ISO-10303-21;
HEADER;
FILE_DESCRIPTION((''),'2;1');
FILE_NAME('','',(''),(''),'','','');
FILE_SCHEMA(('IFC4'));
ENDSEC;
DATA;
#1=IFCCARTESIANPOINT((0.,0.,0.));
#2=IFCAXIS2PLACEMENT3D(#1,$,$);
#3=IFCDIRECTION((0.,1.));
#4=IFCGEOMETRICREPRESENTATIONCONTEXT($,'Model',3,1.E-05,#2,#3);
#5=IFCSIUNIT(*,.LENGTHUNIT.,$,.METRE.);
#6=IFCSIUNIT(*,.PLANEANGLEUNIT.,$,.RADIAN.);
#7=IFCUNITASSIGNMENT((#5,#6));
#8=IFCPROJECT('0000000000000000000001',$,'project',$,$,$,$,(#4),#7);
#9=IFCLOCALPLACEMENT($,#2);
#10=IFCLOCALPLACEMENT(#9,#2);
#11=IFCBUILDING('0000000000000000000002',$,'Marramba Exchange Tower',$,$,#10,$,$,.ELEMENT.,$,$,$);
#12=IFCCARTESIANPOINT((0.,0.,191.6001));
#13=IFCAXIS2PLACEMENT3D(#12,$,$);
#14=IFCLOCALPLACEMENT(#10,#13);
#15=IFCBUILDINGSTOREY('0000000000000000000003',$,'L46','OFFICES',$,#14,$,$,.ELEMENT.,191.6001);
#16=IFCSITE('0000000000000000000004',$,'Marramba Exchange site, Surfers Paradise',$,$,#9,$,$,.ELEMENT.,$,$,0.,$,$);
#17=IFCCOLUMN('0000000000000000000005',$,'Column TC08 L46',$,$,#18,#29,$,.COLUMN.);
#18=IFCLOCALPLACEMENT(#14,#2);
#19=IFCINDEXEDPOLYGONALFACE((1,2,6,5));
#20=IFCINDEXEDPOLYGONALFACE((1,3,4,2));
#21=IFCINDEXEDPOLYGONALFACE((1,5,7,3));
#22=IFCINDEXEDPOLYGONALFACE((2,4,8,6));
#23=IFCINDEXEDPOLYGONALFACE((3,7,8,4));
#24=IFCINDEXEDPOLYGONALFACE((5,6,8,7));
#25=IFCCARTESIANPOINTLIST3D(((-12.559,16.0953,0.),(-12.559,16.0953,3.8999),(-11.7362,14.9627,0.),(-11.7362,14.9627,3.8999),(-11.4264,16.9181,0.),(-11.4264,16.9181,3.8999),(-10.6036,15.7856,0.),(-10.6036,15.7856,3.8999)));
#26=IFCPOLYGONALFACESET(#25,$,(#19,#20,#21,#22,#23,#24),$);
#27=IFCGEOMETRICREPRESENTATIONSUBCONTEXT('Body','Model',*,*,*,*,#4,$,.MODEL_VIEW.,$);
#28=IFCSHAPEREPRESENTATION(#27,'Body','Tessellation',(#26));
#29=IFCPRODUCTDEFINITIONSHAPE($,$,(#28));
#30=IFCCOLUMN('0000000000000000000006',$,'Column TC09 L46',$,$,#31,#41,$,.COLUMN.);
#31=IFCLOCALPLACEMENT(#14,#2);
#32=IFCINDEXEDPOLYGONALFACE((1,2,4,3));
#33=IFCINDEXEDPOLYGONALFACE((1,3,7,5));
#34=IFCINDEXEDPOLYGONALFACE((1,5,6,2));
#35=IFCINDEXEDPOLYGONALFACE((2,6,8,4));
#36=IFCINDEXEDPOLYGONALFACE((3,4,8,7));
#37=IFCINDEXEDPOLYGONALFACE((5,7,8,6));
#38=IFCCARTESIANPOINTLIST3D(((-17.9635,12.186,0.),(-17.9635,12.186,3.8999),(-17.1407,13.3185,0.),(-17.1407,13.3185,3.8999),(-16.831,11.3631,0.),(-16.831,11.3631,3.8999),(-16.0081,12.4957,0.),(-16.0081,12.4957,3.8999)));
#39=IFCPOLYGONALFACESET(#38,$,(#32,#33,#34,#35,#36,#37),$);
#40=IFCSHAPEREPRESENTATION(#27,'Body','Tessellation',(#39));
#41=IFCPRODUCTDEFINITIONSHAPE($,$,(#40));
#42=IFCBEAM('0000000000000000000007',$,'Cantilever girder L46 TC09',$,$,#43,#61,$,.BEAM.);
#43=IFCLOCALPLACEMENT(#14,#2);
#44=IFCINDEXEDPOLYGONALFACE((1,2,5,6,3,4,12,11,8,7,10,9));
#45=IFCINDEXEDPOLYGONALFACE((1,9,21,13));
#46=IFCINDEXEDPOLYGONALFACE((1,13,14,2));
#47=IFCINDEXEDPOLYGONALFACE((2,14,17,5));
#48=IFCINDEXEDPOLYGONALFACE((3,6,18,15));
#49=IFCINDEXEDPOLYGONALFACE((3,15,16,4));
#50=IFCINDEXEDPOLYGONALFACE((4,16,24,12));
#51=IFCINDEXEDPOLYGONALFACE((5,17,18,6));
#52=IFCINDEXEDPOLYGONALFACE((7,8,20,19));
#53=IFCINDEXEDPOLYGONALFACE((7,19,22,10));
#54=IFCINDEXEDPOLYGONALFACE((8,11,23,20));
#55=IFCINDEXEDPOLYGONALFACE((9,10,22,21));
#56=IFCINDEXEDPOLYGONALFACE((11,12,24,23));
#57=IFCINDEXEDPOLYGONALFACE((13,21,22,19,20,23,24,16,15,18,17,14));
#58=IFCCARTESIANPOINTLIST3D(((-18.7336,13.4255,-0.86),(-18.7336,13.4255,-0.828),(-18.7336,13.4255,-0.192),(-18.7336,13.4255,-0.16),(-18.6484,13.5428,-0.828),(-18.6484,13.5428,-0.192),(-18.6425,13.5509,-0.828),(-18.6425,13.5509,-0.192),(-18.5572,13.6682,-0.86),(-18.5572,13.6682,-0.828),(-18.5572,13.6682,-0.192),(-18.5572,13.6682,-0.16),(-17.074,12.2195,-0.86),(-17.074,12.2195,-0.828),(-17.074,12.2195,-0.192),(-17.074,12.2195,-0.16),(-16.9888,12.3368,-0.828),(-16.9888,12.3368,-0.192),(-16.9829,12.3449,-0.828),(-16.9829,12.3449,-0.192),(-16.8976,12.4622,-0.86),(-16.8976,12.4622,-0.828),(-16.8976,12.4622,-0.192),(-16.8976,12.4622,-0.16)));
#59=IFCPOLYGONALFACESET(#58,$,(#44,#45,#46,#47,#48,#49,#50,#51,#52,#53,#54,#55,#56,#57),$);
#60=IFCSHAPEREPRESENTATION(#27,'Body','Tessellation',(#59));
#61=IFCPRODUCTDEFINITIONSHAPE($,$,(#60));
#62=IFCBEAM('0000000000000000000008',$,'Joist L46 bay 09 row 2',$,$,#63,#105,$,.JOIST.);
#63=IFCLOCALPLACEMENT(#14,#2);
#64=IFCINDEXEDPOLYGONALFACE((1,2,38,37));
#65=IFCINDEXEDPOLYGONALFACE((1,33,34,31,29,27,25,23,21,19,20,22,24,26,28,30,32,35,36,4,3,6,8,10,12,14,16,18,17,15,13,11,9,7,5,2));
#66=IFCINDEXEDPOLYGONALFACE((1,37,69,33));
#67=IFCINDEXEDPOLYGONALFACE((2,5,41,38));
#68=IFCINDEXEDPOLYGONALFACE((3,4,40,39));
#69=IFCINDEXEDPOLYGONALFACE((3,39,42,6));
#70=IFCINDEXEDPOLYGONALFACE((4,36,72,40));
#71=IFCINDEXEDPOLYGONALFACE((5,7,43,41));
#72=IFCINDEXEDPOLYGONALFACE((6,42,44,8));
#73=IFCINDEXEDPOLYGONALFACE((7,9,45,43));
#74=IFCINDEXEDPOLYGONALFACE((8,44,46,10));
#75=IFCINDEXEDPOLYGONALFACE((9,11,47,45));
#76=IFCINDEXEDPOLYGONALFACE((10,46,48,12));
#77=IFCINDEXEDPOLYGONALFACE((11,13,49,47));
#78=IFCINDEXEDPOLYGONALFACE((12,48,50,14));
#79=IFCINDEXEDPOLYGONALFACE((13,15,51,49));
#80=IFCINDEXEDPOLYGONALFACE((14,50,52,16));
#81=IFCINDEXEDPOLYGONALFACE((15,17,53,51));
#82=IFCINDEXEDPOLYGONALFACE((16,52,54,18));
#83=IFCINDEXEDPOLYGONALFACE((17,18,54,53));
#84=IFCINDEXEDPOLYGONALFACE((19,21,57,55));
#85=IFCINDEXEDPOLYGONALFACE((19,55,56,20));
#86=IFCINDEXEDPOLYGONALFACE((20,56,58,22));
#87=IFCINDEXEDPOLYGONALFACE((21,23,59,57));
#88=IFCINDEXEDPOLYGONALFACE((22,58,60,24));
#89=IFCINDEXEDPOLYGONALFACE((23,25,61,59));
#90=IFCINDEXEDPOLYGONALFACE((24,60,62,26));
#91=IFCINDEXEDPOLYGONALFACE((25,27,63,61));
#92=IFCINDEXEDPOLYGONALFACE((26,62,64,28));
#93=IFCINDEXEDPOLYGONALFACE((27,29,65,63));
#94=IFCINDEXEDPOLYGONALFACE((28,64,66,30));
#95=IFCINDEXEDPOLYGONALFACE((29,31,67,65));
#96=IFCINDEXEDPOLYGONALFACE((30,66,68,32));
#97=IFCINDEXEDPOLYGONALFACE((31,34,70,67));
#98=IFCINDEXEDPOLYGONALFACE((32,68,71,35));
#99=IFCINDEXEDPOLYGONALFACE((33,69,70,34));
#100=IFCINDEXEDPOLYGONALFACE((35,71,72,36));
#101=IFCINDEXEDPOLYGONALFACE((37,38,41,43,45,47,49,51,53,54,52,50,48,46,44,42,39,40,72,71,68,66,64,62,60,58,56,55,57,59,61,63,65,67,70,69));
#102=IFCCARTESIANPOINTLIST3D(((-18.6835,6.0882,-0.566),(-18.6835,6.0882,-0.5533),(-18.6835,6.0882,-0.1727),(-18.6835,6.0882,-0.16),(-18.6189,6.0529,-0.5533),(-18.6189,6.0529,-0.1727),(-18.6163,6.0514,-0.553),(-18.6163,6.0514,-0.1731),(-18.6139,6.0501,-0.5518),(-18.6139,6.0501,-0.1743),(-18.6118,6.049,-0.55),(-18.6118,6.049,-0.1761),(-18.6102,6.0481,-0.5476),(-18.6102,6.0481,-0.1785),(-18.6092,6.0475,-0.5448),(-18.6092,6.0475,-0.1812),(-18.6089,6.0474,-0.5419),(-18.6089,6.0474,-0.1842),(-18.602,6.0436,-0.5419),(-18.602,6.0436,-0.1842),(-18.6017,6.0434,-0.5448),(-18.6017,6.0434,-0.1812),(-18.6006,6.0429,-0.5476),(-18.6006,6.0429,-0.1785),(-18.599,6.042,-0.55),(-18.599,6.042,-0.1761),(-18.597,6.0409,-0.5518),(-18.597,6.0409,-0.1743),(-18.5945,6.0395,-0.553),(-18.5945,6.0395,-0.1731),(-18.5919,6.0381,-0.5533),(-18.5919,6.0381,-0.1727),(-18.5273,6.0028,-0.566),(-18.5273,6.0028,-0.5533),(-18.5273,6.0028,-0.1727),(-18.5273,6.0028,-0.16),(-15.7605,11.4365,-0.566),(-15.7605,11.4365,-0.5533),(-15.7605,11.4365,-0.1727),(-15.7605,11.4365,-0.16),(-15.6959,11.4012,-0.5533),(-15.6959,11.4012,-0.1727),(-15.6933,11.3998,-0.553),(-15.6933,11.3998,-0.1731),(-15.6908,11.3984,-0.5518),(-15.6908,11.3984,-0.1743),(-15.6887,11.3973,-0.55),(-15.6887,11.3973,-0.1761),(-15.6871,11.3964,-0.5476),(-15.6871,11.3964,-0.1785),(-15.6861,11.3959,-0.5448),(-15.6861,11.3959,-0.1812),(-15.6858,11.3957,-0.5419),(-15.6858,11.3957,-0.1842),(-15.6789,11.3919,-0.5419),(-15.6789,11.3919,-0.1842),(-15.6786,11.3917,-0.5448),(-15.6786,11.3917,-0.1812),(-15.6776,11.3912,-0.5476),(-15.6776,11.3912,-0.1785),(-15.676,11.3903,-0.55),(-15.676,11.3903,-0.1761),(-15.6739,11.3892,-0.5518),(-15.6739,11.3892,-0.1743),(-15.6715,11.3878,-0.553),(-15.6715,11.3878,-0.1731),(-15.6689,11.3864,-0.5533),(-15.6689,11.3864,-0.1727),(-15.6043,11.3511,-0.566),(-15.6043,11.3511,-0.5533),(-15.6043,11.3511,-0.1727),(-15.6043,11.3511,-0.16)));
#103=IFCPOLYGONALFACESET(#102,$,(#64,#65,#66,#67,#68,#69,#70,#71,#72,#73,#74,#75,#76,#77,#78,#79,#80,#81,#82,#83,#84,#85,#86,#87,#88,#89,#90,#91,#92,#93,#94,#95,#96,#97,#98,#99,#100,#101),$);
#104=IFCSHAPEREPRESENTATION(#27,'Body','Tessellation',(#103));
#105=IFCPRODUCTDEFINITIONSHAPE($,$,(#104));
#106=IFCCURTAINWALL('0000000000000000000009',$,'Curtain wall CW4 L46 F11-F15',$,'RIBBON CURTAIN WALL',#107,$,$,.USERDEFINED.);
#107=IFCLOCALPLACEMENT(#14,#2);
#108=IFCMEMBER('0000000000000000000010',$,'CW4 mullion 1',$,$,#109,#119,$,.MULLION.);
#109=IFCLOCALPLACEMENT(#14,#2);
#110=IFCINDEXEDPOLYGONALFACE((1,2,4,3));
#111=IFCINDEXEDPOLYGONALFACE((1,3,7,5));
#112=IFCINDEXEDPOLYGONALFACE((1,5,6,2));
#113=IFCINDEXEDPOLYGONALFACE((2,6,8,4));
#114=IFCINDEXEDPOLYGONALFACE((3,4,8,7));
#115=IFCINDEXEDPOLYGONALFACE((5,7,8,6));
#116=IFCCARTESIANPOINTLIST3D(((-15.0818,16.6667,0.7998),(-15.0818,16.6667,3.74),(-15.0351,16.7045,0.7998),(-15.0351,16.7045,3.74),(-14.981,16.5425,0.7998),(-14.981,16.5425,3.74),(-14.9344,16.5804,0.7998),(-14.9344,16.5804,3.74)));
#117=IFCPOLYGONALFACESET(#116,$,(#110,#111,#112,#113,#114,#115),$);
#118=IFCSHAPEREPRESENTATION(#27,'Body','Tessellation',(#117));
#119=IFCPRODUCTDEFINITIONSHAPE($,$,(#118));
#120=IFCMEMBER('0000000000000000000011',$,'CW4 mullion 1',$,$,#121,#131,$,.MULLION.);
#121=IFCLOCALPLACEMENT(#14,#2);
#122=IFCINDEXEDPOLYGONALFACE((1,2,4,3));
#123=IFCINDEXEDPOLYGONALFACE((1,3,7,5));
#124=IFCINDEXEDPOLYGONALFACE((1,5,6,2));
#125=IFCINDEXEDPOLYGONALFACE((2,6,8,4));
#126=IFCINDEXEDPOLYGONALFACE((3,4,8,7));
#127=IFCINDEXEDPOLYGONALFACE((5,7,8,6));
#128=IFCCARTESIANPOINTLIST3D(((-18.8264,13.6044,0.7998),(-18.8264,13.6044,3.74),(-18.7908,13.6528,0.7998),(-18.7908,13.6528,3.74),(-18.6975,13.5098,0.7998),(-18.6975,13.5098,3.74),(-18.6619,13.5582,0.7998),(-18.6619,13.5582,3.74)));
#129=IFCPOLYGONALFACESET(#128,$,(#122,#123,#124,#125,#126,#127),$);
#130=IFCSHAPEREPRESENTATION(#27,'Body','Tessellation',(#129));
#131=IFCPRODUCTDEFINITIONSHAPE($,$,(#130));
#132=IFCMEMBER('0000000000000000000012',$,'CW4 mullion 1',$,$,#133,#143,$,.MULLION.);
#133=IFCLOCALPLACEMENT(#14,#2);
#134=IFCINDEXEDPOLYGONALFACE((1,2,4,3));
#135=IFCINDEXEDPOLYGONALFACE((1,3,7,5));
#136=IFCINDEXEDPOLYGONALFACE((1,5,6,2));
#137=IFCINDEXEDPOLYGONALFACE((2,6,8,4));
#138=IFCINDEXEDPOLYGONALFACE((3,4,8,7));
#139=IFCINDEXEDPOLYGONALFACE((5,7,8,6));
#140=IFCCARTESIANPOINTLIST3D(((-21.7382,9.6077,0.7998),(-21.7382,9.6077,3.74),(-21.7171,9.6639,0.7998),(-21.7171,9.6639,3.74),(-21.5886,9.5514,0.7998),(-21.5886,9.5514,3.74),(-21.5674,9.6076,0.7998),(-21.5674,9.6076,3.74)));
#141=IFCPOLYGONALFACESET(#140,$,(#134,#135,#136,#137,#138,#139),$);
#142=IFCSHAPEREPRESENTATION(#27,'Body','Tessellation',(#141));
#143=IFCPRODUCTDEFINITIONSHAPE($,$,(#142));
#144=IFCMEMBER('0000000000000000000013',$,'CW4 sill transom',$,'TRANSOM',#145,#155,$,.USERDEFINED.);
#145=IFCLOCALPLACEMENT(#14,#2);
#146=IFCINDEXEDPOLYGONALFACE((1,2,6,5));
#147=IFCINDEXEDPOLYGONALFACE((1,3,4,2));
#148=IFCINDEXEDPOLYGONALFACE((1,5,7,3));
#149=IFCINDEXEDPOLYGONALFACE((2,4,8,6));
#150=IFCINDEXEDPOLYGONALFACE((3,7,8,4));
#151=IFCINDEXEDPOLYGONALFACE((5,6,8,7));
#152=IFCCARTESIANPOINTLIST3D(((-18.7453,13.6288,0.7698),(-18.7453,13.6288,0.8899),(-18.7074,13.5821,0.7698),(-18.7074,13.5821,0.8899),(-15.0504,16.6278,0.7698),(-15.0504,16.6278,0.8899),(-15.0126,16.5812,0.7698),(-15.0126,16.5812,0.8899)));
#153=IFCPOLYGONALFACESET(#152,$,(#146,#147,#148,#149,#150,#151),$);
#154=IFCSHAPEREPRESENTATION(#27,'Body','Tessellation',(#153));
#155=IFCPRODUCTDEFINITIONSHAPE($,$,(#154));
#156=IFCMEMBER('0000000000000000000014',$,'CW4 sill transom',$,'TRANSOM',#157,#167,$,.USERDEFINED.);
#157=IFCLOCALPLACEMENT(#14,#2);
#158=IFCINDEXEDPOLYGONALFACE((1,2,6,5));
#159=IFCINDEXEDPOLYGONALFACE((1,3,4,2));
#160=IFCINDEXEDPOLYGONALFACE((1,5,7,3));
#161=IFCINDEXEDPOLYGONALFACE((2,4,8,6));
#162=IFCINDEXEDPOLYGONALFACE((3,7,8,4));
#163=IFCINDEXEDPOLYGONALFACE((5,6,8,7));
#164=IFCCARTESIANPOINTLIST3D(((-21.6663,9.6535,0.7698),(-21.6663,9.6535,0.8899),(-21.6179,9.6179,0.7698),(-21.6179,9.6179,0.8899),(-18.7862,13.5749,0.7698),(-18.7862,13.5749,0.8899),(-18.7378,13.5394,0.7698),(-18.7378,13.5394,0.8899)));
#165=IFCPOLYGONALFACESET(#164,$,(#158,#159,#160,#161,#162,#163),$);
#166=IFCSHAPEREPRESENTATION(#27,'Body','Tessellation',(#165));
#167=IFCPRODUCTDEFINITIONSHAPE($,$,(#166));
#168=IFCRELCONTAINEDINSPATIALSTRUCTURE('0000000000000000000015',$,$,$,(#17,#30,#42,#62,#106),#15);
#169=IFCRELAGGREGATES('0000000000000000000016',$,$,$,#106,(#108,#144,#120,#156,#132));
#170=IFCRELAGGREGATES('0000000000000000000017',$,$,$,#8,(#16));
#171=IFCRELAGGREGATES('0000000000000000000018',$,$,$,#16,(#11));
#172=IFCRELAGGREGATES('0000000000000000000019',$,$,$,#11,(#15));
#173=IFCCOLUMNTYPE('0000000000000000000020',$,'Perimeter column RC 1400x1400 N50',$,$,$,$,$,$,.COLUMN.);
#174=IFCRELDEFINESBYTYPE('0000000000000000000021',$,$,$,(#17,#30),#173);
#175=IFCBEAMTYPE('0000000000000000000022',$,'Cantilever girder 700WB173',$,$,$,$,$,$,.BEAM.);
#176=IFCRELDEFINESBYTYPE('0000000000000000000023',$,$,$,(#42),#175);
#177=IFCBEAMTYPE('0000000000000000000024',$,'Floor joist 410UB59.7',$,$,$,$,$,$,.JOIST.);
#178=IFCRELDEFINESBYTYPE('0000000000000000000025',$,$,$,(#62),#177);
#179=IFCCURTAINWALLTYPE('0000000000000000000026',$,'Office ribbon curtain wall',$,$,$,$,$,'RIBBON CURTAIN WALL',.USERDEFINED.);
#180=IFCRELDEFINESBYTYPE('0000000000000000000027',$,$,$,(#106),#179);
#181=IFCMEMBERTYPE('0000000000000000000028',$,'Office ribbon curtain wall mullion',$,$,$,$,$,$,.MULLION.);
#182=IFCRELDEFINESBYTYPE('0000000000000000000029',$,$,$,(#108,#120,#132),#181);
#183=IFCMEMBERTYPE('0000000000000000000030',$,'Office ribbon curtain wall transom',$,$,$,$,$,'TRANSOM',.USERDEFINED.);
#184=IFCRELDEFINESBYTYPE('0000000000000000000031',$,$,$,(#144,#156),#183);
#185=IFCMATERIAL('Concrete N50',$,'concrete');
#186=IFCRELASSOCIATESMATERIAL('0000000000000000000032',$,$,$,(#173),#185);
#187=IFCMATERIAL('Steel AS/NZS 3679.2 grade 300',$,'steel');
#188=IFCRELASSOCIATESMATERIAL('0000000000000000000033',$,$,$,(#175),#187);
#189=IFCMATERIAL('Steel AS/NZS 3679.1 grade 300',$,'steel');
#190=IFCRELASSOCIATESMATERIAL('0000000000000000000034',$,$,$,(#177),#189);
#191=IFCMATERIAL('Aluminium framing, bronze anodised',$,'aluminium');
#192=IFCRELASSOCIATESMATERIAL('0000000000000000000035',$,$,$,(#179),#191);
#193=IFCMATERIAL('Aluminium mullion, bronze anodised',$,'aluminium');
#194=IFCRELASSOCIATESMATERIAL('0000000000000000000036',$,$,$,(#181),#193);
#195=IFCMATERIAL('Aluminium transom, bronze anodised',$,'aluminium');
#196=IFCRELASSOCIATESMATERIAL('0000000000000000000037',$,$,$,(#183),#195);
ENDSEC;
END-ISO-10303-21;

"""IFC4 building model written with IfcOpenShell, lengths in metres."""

from ifc_helpers import new_model, si_unit, direction, frame, origin, origin_2d, place, context, subcontext, project, spatial, rectangle, i_section, extrude, material, material_profile, profile_set, type_object, element, aggregate, save


model = new_model("IFC4")

# Units and contexts
model_context = context("Model", 3, precision=1e-05, world=origin(), true_north=direction((0.0, 1.0)))
body_context = subcontext(model_context, "Body", "Model", "MODEL_VIEW")
ifc_project = project(units=[si_unit("LENGTHUNIT", "METRE"), si_unit("PLANEANGLEUNIT", "RADIAN")], contexts=[model_context])

# Site, building, storey
site_placement = place(None, origin())
site = spatial("IfcSite", under=ifc_project, at=site_placement, Name="Marramba Exchange site, Surfers Paradise", CompositionType="ELEMENT", RefElevation=0.0)
building_placement = place(site_placement, origin())
building = spatial("IfcBuilding", under=site, at=building_placement, Name="Marramba Exchange Tower", CompositionType="ELEMENT")
storey_placement = place(building_placement, frame((0.0, 0.0, 191.6001)))
storey = spatial("IfcBuildingStorey", under=building, at=storey_placement, Name="L46", Description="OFFICES", CompositionType="ELEMENT", Elevation=191.6001)

# Columns
ifc_material_1 = material(Name="Concrete N50", Category="concrete")
ifc_material_profile_1 = material_profile(ifc_material_1, rectangle(XDim=1.3999, YDim=1.3999, at=origin_2d()), Name="RC 1400x1400")
ifc_profile_set_1 = profile_set([ifc_material_profile_1], Name="Concrete N50")
column_type = type_object("IfcColumnType", Name="Perimeter column RC 1400x1400 N50", PredefinedType="COLUMN", material=ifc_profile_set_1)
for number, where, z_axis, x_axis, name in (
    (1, (-11.5813, 15.9404, 0.0), (0.0, 0.0, 1.0), (-0.587785, 0.809017, 0.0), "Column TC08 L46"),
    (2, (-16.9858, 12.3408, 0.0), (0.0, 0.0, 1.0), (-0.809017, 0.587785, 0.0), "Column TC09 L46"),
):
    element("IfcColumn", number, at=place(storey_placement, frame(where, z_axis=z_axis, x_axis=x_axis)), inside=storey, type_object=column_type, Name=name, PredefinedType="COLUMN", context=body_context, shape_type="SweptSolid", body=[
        extrude(rectangle(XDim=1.3999, YDim=1.3999, at=origin_2d()), origin(), (0.0, 0.0, 1.0), 3.8999),
    ])

# Beams
ifc_material_2 = material(Name="Steel AS/NZS 3679.2 grade 300", Category="steel")
ifc_material_profile_2 = material_profile(ifc_material_2, i_section(OverallWidth=0.3, OverallDepth=0.7, WebThickness=0.01, FlangeThickness=0.032, at=origin_2d()), Name="700WB173")
ifc_profile_set_2 = profile_set([ifc_material_profile_2], Name="Steel AS/NZS 3679.2 grade 300")
beam_type_1 = type_object("IfcBeamType", Name="Cantilever girder 700WB173", PredefinedType="BEAM", material=ifc_profile_set_2)
beam_1_placement = place(storey_placement, frame((-16.9858, 12.3408, -0.51), z_axis=(-0.808962, 0.58786, 0.0), x_axis=(-0.58786, -0.808962, 0.0)))
element("IfcBeam", 3, at=beam_1_placement, inside=storey, type_object=beam_type_1, Name="Cantilever girder L46 TC09", PredefinedType="BEAM", context=body_context, shape_type="SweptSolid", body=[
    extrude(i_section(OverallWidth=0.3, OverallDepth=0.7, WebThickness=0.01, FlangeThickness=0.032, at=origin_2d()), origin(), (0.0, 0.0, 1.0), 2.0515),
])
ifc_material_3 = material(Name="Steel AS/NZS 3679.1 grade 300", Category="steel")
ifc_material_profile_3 = material_profile(ifc_material_3, i_section(OverallWidth=0.178, OverallDepth=0.406, WebThickness=0.0078, FlangeThickness=0.0127, FilletRadius=0.0115, at=origin_2d()), Name="410UB59.7")
ifc_profile_set_3 = profile_set([ifc_material_profile_3], Name="Steel AS/NZS 3679.1 grade 300")
beam_type_2 = type_object("IfcBeamType", Name="Floor joist 410UB59.7", PredefinedType="JOIST", material=ifc_profile_set_3)
beam_2_placement = place(storey_placement, frame((-15.6824, 11.3938, -0.363), z_axis=(-0.479584, -0.877496, 0.0), x_axis=(0.877496, -0.479584, 0.0)))
element("IfcBeam", 4, at=beam_2_placement, inside=storey, type_object=beam_type_2, Name="Joist L46 bay 09 row 2", PredefinedType="JOIST", context=body_context, shape_type="SweptSolid", body=[
    extrude(i_section(OverallWidth=0.178, OverallDepth=0.406, WebThickness=0.0078, FlangeThickness=0.0127, FilletRadius=0.0115, at=origin_2d()), origin(), (0.0, 0.0, 1.0), 6.095),
])

# Curtain wall, members
ifc_material_4 = material(Name="Aluminium framing, bronze anodised", Category="aluminium")
curtain_wall_type = type_object("IfcCurtainWallType", Name="Office ribbon curtain wall", ElementType="RIBBON CURTAIN WALL", PredefinedType="USERDEFINED", material=ifc_material_4)
curtain_wall_placement = place(storey_placement, origin())
curtain_wall = element("IfcCurtainWall", 5, at=curtain_wall_placement, inside=storey, type_object=curtain_wall_type, Name="Curtain wall CW4 L46 F11-F15", ObjectType="RIBBON CURTAIN WALL", PredefinedType="USERDEFINED")
ifc_material_5 = material(Name="Aluminium mullion, bronze anodised", Category="aluminium")
ifc_material_profile_4 = material_profile(ifc_material_5, rectangle(XDim=0.1599, YDim=0.0601, at=origin_2d()), Name="CW4 mullion 60x160")
ifc_profile_set_4 = profile_set([ifc_material_profile_4], Name="Aluminium mullion, bronze anodised")
member_type_1 = type_object("IfcMemberType", Name="Office ribbon curtain wall mullion", PredefinedType="MULLION", material=ifc_profile_set_4)
member_1_placement = place(storey_placement, frame((-15.0081, 16.6235, 0.7998), z_axis=(0.0, 0.0, 1.0), x_axis=(0.630201, -0.776432, 0.0)))
member_1 = element("IfcMember", 6, at=member_1_placement, type_object=member_type_1, Name="CW4 mullion 1", PredefinedType="MULLION", context=body_context, shape_type="SweptSolid", body=[
    extrude(rectangle(XDim=0.1599, YDim=0.0601, at=origin_2d()), origin(), (0.0, 0.0, 1.0), 2.9402),
])
member_2_placement = place(storey_placement, frame((-18.7441, 13.5813, 0.7998), z_axis=(0.0, 0.0, 1.0), x_axis=(0.805965, -0.591963, 0.0)))
member_2 = element("IfcMember", 7, at=member_2_placement, type_object=member_type_1, Name="CW4 mullion 1", PredefinedType="MULLION", context=body_context, shape_type="SweptSolid", body=[
    extrude(rectangle(XDim=0.1599, YDim=0.0601, at=origin_2d()), origin(), (0.0, 0.0, 1.0), 2.9402),
])
member_3_placement = place(storey_placement, frame((-21.6528, 9.6077, 0.7998), z_axis=(0.0, 0.0, 1.0), x_axis=(0.936018, -0.351952, 0.0)))
member_3 = element("IfcMember", 8, at=member_3_placement, type_object=member_type_1, Name="CW4 mullion 1", PredefinedType="MULLION", context=body_context, shape_type="SweptSolid", body=[
    extrude(rectangle(XDim=0.1599, YDim=0.0601, at=origin_2d()), origin(), (0.0, 0.0, 1.0), 2.9402),
])
ifc_material_6 = material(Name="Aluminium transom, bronze anodised", Category="aluminium")
ifc_material_profile_5 = material_profile(ifc_material_6, rectangle(XDim=0.0601, YDim=0.1201, at=origin_2d()), Name="CW4 transom 60x120")
ifc_profile_set_5 = profile_set([ifc_material_profile_5], Name="Aluminium transom, bronze anodised")
member_type_2 = type_object("IfcMemberType", Name="Office ribbon curtain wall transom", ElementType="TRANSOM", PredefinedType="USERDEFINED", material=ifc_profile_set_5)
member_4_placement = place(storey_placement, frame((-15.0315, 16.6045, 0.8298), z_axis=(-0.776425, -0.63021, 0.0), x_axis=(0.63021, -0.776425, 0.0)))
member_4 = element("IfcMember", 9, at=member_4_placement, type_object=member_type_2, Name="CW4 sill transom", ObjectType="TRANSOM", PredefinedType="USERDEFINED", context=body_context, shape_type="SweptSolid", body=[
    extrude(rectangle(XDim=0.0601, YDim=0.1201, at=origin_2d()), origin(), (0.0, 0.0, 1.0), 4.7588),
])
member_5_placement = place(storey_placement, frame((-18.762, 13.5571, 0.8298), z_axis=(-0.591957, -0.805969, 0.0), x_axis=(0.805969, -0.591957, 0.0)))
member_5 = element("IfcMember", 10, at=member_5_placement, type_object=member_type_2, Name="CW4 sill transom", ObjectType="TRANSOM", PredefinedType="USERDEFINED", context=body_context, shape_type="SweptSolid", body=[
    extrude(rectangle(XDim=0.0601, YDim=0.1201, at=origin_2d()), origin(), (0.0, 0.0, 1.0), 4.8655),
])

aggregate(curtain_wall, [member_1, member_4, member_2, member_5, member_3])

save(model, "model.ifc")
